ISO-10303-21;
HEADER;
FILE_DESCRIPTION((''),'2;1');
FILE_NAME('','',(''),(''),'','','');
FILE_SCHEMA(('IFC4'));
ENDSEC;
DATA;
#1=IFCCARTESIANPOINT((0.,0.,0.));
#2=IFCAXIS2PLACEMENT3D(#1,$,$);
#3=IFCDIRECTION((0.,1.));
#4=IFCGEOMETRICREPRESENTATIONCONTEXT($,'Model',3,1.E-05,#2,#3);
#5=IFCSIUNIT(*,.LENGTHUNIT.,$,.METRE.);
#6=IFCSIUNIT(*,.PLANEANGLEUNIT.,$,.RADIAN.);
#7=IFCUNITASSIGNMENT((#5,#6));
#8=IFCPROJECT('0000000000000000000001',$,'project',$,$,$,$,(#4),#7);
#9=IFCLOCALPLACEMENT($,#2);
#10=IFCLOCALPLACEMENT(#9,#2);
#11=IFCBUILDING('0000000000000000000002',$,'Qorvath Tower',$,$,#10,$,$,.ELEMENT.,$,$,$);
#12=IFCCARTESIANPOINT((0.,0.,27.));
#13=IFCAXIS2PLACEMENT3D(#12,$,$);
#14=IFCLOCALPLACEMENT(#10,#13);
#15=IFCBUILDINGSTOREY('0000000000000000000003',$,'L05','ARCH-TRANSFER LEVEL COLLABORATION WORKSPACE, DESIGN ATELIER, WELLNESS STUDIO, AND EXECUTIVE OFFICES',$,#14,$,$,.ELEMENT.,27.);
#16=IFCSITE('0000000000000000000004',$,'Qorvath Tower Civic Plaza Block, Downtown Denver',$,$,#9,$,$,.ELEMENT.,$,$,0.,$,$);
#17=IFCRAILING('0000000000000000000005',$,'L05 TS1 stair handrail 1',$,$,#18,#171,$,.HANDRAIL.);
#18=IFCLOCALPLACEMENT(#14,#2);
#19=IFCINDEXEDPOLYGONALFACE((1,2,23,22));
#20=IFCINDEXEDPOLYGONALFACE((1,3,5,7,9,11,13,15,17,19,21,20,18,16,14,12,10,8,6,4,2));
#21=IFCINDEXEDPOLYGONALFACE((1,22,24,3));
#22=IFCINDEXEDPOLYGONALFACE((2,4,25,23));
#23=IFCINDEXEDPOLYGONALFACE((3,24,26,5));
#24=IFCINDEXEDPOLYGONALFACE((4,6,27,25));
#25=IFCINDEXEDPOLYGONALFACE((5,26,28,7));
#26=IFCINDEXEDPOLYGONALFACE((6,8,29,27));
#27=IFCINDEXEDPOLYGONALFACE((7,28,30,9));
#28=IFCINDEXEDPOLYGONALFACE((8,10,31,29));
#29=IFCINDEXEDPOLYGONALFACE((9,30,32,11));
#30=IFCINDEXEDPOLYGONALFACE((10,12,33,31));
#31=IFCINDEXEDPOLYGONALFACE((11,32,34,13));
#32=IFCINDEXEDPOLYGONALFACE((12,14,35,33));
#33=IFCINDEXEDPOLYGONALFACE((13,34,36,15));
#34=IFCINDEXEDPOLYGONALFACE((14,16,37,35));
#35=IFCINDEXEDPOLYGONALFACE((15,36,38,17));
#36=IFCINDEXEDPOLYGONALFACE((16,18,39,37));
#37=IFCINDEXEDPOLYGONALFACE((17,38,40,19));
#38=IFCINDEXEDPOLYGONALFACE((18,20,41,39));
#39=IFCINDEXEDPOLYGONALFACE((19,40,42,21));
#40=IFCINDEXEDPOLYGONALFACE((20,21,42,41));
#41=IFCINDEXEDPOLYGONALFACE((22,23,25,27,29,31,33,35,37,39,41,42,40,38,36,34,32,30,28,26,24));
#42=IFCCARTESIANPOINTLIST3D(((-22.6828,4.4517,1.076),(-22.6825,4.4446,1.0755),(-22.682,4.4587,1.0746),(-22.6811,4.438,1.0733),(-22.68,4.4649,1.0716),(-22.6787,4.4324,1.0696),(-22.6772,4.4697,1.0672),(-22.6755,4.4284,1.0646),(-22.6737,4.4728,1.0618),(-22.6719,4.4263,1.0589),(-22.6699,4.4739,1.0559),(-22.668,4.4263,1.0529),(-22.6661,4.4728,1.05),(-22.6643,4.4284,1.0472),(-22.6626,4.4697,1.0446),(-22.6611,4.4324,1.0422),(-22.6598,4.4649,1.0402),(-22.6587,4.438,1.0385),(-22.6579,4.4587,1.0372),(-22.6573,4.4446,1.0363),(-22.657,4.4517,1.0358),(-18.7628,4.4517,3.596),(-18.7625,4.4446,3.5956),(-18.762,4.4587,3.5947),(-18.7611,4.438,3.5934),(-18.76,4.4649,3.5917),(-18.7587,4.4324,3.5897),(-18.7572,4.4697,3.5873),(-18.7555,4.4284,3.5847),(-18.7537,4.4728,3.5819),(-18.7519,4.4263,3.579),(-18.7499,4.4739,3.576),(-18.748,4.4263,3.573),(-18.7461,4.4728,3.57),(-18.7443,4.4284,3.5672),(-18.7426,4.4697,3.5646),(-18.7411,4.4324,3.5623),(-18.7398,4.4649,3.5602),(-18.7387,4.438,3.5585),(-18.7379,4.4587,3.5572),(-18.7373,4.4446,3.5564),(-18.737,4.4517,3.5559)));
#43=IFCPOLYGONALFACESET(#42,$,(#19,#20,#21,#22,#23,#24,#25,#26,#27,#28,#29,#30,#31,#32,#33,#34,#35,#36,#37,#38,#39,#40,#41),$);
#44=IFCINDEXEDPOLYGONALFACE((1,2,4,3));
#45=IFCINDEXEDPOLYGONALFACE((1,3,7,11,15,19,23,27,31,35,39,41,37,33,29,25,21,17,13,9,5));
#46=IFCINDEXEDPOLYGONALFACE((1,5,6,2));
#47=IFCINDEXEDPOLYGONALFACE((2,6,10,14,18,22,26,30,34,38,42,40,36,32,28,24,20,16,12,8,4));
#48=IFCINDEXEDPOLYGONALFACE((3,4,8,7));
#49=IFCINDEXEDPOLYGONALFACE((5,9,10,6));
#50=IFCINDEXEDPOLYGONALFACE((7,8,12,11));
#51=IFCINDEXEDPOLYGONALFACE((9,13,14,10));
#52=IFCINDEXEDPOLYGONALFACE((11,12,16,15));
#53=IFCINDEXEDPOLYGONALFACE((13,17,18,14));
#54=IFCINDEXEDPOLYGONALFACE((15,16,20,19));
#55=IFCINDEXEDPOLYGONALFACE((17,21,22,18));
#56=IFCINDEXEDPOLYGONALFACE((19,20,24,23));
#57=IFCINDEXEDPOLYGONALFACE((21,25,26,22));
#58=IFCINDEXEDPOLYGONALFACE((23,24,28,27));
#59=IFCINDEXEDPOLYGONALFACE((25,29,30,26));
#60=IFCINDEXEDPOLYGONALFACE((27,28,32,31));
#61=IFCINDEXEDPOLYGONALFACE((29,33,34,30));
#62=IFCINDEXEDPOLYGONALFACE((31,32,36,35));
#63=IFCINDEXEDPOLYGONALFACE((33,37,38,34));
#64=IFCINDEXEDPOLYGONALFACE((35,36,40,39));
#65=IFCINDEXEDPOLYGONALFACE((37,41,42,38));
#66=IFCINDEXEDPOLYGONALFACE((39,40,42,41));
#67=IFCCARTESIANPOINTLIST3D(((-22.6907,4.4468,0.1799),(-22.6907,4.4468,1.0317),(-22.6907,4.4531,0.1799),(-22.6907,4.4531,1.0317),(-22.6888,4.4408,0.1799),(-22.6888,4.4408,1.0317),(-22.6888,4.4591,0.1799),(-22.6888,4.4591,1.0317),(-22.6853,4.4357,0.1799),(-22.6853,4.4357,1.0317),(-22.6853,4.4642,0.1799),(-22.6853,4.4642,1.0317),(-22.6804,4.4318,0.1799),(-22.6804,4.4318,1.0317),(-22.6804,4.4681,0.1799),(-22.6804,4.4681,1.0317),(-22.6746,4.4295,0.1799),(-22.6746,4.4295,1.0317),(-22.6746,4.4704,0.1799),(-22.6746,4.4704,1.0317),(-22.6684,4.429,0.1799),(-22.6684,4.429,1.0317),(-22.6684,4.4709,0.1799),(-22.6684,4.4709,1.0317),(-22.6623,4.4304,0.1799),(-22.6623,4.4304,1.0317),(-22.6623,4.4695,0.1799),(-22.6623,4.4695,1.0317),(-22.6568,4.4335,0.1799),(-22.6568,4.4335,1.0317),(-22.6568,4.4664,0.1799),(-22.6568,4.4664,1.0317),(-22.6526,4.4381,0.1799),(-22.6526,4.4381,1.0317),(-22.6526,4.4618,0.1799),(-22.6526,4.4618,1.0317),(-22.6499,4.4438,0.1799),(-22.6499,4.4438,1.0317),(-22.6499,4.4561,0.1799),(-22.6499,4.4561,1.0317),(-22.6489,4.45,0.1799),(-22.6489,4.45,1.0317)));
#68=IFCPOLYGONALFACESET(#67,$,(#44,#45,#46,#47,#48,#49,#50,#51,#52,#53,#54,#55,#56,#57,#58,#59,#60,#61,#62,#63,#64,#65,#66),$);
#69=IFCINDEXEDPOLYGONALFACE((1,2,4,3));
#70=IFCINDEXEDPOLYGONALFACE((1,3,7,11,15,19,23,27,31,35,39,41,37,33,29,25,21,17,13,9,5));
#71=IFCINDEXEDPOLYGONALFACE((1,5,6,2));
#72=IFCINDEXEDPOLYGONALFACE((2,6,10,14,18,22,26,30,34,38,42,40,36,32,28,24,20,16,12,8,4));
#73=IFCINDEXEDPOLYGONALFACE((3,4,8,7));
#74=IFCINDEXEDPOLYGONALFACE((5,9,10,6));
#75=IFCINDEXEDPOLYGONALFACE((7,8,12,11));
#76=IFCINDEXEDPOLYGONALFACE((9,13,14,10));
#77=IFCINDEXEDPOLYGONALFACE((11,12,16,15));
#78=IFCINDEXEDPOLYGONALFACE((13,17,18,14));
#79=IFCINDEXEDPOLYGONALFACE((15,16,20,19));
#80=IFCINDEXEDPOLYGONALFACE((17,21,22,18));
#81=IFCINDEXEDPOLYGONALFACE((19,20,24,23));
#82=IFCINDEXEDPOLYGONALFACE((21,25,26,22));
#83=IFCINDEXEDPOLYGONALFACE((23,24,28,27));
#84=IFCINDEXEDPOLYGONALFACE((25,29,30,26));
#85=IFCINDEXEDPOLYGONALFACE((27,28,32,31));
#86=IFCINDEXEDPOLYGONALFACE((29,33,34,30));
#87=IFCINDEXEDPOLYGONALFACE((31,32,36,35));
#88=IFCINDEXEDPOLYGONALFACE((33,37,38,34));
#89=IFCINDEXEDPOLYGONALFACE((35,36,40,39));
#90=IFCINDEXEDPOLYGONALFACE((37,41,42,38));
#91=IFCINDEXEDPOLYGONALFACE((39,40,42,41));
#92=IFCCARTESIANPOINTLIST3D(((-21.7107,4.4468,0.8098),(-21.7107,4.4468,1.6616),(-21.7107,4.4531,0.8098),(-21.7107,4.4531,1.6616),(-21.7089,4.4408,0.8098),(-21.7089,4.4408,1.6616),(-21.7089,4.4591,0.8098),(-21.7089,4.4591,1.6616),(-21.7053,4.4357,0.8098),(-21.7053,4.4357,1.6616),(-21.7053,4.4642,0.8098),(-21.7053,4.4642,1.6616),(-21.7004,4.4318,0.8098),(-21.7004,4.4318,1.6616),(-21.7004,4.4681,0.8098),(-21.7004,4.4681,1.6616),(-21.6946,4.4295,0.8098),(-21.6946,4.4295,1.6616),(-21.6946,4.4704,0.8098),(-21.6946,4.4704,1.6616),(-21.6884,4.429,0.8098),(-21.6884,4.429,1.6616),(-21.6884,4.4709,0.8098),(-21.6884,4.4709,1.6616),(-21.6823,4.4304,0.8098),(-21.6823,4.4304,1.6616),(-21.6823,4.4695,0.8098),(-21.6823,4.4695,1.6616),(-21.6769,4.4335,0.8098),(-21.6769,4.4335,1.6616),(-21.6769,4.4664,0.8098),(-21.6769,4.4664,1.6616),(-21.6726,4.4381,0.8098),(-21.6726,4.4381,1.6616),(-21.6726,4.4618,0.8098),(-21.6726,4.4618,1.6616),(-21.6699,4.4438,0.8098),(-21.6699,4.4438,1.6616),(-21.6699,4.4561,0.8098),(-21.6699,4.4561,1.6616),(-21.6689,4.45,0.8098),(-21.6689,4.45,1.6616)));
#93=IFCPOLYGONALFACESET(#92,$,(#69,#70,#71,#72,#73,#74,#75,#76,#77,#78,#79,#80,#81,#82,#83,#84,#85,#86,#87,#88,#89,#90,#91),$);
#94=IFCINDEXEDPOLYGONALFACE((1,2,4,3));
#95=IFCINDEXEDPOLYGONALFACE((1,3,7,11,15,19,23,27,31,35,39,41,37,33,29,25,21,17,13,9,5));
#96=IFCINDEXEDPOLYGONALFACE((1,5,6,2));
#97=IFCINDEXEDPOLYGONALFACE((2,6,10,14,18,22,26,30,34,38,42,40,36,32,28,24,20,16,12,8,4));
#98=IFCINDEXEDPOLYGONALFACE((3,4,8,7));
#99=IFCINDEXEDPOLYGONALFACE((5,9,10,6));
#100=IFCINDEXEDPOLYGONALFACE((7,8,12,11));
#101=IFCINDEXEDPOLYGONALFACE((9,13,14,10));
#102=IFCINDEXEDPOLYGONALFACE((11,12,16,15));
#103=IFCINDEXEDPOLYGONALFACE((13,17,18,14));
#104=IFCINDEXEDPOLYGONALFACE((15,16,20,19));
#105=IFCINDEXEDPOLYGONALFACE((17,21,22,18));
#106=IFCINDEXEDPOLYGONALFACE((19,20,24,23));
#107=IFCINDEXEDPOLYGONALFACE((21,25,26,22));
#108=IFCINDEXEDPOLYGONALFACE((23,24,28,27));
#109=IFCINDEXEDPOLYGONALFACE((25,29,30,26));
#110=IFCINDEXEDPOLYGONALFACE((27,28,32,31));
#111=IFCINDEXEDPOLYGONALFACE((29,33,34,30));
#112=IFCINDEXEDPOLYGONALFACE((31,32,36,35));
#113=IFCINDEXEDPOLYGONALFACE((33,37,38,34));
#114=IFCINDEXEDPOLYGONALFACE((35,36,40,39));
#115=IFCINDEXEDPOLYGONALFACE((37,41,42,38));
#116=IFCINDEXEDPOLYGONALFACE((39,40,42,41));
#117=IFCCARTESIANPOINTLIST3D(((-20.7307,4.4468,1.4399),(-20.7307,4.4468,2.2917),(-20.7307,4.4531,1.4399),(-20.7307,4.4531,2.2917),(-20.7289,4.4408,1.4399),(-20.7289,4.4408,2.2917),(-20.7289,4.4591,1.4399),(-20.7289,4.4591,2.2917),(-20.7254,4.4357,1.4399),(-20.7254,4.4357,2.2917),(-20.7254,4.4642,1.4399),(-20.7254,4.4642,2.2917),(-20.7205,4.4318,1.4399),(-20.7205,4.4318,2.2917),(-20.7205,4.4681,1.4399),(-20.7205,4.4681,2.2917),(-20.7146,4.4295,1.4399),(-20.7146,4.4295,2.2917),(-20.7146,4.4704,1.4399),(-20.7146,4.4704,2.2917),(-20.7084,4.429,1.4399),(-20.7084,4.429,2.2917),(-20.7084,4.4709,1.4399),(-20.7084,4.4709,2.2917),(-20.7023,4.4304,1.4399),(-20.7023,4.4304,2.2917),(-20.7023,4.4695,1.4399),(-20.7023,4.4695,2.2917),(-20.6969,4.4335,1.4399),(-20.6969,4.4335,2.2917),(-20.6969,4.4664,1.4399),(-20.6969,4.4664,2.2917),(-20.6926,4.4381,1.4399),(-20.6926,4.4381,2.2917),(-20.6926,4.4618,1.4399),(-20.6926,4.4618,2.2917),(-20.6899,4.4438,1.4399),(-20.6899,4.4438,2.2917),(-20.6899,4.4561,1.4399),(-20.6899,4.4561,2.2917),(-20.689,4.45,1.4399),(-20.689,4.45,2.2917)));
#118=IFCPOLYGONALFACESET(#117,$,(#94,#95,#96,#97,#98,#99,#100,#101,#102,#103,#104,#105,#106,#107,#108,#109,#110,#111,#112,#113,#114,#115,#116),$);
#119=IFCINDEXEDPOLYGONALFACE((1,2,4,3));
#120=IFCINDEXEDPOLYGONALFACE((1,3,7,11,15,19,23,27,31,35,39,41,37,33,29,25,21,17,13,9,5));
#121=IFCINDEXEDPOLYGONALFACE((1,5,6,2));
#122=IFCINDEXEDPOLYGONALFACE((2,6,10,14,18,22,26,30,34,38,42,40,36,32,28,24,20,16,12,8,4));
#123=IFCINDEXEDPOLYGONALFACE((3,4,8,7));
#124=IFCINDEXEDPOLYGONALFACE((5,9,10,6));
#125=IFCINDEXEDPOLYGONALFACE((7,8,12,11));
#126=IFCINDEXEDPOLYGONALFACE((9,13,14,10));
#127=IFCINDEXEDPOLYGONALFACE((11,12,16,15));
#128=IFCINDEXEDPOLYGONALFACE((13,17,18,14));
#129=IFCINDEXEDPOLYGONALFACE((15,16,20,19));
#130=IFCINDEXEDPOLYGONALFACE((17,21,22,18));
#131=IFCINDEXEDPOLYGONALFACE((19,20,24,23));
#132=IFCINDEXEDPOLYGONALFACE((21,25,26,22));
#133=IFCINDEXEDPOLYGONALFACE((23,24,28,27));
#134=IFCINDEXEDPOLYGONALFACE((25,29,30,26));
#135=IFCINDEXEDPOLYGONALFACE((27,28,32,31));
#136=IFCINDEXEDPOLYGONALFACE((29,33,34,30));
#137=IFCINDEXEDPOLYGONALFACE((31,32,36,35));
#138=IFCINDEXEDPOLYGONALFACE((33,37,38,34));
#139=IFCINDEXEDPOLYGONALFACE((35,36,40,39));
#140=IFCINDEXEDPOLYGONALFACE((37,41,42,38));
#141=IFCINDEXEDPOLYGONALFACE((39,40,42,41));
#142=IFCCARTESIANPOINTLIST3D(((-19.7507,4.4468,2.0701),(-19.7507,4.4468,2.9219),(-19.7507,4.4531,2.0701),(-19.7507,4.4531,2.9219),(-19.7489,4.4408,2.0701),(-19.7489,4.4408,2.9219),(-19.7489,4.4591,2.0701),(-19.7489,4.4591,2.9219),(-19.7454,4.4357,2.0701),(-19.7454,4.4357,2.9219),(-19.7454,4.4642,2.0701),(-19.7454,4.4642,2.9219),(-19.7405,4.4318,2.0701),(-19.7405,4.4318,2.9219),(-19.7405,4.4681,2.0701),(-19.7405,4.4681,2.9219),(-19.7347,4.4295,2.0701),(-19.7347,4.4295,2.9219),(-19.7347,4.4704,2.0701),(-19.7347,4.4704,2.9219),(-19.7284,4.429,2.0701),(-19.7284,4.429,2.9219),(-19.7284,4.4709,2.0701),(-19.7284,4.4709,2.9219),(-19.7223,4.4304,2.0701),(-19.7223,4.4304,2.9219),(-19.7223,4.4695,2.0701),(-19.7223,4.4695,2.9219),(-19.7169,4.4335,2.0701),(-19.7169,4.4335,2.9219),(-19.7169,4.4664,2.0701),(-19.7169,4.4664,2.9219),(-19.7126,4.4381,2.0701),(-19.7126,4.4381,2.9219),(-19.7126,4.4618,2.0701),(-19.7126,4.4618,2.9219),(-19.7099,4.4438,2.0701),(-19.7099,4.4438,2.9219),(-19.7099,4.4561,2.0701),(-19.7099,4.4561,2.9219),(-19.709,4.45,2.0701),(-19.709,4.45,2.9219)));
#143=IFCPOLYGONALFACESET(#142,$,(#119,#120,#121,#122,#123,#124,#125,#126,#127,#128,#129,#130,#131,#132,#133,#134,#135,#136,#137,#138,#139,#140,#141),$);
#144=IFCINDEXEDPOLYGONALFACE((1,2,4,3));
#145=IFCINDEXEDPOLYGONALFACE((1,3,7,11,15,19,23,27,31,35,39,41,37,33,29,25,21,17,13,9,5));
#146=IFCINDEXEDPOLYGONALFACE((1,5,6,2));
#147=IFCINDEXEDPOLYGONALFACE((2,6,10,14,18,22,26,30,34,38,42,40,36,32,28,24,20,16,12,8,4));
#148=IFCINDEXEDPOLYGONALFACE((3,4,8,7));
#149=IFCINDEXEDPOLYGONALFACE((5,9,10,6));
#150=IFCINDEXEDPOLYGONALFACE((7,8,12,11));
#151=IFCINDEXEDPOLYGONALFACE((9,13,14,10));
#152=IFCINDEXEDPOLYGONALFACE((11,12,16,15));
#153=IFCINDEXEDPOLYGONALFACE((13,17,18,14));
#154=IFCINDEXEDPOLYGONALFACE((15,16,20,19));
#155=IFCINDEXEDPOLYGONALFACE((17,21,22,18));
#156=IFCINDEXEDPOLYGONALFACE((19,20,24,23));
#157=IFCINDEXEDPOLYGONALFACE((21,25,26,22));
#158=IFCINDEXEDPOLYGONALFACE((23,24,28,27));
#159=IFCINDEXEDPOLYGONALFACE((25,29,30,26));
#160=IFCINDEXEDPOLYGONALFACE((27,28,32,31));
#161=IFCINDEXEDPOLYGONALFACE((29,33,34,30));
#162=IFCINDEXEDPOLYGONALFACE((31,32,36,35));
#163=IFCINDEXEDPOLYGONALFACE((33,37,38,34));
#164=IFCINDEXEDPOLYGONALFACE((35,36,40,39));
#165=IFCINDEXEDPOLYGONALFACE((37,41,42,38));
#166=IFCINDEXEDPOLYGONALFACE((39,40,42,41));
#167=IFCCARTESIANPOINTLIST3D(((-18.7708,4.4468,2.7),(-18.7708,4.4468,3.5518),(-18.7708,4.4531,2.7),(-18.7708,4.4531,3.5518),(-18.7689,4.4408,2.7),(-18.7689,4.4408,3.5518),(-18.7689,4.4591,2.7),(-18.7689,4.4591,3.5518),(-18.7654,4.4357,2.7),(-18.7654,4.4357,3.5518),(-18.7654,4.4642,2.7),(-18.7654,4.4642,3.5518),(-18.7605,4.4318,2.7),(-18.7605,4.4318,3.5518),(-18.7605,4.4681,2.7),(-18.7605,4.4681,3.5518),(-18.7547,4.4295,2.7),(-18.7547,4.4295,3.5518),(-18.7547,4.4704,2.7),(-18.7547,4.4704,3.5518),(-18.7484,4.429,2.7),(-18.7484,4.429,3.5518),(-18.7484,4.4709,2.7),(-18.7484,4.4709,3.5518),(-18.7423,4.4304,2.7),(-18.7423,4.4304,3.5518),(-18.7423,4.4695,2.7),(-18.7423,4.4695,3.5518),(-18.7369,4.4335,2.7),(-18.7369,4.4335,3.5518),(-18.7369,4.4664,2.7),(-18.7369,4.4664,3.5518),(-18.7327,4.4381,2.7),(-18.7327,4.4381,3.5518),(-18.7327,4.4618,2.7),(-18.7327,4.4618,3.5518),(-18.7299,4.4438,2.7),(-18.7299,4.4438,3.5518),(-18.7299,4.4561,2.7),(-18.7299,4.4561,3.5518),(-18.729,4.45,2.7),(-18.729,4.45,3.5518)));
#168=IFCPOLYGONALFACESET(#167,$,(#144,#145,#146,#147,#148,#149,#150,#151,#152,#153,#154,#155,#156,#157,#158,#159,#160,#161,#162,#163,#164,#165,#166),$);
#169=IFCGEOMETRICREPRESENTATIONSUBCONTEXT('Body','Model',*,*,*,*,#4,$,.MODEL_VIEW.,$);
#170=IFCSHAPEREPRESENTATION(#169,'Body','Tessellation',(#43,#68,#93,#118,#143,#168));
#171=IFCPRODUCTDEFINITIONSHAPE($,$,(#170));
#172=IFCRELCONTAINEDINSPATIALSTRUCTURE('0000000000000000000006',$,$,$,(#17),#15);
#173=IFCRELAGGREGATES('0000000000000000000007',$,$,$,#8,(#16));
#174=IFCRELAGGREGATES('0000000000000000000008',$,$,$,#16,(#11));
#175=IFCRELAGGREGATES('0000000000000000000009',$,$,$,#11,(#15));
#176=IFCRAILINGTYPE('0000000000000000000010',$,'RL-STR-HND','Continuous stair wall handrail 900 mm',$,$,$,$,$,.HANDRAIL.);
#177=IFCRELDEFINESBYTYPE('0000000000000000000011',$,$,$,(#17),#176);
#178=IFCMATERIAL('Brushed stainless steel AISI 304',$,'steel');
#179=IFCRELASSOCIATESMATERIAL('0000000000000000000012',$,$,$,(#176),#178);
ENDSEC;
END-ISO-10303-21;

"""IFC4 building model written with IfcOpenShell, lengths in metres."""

from ifc_helpers import new_model, si_unit, direction, frame, origin, origin_2d, place, context, subcontext, project, spatial, circle, extrude, material, type_object, element, save


model = new_model("IFC4")

# Units and contexts
model_context = context("Model", 3, precision=1e-05, world=origin(), true_north=direction((0.0, 1.0)))
body_context = subcontext(model_context, "Body", "Model", "MODEL_VIEW")
ifc_project = project(units=[si_unit("LENGTHUNIT", "METRE"), si_unit("PLANEANGLEUNIT", "RADIAN")], contexts=[model_context])

# Site, building, storey
site_placement = place(None, origin())
site = spatial("IfcSite", under=ifc_project, at=site_placement, Name="Qorvath Tower Civic Plaza Block, Downtown Denver", CompositionType="ELEMENT", RefElevation=0.0)
building_placement = place(site_placement, origin())
building = spatial("IfcBuilding", under=site, at=building_placement, Name="Qorvath Tower", CompositionType="ELEMENT")
storey_placement = place(building_placement, frame((0.0, 0.0, 27.0)))
storey = spatial("IfcBuildingStorey", under=building, at=storey_placement, Name="L05", Description="ARCH-TRANSFER LEVEL COLLABORATION WORKSPACE, DESIGN ATELIER, WELLNESS STUDIO, AND EXECUTIVE OFFICES", CompositionType="ELEMENT", Elevation=27.0)

# Railing
ifc_material_1 = material(Name="Brushed stainless steel AISI 304", Category="steel")
railing_type_1 = type_object("IfcRailingType", Name="RL-STR-HND", Description="Continuous stair wall handrail 900 mm", PredefinedType="HANDRAIL", material=ifc_material_1)
railing_1_placement = place(storey_placement, frame((-22.6699, 4.45, 0.1799)))
element("IfcRailing", 1, at=railing_1_placement, inside=storey, type_object=railing_type_1, Name="L05 TS1 stair handrail 1", PredefinedType="HANDRAIL", context=body_context, shape_type="SweptSolid", body=[
    extrude(circle(Radius=0.0239, at=origin_2d()), frame((0.0, 0.0, 0.876), z_axis=(0.841172, 0.0, 0.540768), x_axis=(0.0, 1.0, 0.0)), (0.0, 0.0, 1.0), 4.6602),
    extrude(circle(Radius=0.021, at=origin_2d()), origin(), (0.0, 0.0, 1.0), 0.8518),
    extrude(circle(Radius=0.021, at=origin_2d()), frame((0.98, 0.0, 0.6299)), (0.0, 0.0, 1.0), 0.8518),
    extrude(circle(Radius=0.021, at=origin_2d()), frame((1.96, 0.0, 1.26)), (0.0, 0.0, 1.0), 0.8518),
    extrude(circle(Radius=0.021, at=origin_2d()), frame((2.9399, 0.0, 1.8901)), (0.0, 0.0, 1.0), 0.8518),
    extrude(circle(Radius=0.021, at=origin_2d()), frame((3.9199, 0.0, 2.52)), (0.0, 0.0, 1.0), 0.8518),
])

save(model, "model.ifc")
